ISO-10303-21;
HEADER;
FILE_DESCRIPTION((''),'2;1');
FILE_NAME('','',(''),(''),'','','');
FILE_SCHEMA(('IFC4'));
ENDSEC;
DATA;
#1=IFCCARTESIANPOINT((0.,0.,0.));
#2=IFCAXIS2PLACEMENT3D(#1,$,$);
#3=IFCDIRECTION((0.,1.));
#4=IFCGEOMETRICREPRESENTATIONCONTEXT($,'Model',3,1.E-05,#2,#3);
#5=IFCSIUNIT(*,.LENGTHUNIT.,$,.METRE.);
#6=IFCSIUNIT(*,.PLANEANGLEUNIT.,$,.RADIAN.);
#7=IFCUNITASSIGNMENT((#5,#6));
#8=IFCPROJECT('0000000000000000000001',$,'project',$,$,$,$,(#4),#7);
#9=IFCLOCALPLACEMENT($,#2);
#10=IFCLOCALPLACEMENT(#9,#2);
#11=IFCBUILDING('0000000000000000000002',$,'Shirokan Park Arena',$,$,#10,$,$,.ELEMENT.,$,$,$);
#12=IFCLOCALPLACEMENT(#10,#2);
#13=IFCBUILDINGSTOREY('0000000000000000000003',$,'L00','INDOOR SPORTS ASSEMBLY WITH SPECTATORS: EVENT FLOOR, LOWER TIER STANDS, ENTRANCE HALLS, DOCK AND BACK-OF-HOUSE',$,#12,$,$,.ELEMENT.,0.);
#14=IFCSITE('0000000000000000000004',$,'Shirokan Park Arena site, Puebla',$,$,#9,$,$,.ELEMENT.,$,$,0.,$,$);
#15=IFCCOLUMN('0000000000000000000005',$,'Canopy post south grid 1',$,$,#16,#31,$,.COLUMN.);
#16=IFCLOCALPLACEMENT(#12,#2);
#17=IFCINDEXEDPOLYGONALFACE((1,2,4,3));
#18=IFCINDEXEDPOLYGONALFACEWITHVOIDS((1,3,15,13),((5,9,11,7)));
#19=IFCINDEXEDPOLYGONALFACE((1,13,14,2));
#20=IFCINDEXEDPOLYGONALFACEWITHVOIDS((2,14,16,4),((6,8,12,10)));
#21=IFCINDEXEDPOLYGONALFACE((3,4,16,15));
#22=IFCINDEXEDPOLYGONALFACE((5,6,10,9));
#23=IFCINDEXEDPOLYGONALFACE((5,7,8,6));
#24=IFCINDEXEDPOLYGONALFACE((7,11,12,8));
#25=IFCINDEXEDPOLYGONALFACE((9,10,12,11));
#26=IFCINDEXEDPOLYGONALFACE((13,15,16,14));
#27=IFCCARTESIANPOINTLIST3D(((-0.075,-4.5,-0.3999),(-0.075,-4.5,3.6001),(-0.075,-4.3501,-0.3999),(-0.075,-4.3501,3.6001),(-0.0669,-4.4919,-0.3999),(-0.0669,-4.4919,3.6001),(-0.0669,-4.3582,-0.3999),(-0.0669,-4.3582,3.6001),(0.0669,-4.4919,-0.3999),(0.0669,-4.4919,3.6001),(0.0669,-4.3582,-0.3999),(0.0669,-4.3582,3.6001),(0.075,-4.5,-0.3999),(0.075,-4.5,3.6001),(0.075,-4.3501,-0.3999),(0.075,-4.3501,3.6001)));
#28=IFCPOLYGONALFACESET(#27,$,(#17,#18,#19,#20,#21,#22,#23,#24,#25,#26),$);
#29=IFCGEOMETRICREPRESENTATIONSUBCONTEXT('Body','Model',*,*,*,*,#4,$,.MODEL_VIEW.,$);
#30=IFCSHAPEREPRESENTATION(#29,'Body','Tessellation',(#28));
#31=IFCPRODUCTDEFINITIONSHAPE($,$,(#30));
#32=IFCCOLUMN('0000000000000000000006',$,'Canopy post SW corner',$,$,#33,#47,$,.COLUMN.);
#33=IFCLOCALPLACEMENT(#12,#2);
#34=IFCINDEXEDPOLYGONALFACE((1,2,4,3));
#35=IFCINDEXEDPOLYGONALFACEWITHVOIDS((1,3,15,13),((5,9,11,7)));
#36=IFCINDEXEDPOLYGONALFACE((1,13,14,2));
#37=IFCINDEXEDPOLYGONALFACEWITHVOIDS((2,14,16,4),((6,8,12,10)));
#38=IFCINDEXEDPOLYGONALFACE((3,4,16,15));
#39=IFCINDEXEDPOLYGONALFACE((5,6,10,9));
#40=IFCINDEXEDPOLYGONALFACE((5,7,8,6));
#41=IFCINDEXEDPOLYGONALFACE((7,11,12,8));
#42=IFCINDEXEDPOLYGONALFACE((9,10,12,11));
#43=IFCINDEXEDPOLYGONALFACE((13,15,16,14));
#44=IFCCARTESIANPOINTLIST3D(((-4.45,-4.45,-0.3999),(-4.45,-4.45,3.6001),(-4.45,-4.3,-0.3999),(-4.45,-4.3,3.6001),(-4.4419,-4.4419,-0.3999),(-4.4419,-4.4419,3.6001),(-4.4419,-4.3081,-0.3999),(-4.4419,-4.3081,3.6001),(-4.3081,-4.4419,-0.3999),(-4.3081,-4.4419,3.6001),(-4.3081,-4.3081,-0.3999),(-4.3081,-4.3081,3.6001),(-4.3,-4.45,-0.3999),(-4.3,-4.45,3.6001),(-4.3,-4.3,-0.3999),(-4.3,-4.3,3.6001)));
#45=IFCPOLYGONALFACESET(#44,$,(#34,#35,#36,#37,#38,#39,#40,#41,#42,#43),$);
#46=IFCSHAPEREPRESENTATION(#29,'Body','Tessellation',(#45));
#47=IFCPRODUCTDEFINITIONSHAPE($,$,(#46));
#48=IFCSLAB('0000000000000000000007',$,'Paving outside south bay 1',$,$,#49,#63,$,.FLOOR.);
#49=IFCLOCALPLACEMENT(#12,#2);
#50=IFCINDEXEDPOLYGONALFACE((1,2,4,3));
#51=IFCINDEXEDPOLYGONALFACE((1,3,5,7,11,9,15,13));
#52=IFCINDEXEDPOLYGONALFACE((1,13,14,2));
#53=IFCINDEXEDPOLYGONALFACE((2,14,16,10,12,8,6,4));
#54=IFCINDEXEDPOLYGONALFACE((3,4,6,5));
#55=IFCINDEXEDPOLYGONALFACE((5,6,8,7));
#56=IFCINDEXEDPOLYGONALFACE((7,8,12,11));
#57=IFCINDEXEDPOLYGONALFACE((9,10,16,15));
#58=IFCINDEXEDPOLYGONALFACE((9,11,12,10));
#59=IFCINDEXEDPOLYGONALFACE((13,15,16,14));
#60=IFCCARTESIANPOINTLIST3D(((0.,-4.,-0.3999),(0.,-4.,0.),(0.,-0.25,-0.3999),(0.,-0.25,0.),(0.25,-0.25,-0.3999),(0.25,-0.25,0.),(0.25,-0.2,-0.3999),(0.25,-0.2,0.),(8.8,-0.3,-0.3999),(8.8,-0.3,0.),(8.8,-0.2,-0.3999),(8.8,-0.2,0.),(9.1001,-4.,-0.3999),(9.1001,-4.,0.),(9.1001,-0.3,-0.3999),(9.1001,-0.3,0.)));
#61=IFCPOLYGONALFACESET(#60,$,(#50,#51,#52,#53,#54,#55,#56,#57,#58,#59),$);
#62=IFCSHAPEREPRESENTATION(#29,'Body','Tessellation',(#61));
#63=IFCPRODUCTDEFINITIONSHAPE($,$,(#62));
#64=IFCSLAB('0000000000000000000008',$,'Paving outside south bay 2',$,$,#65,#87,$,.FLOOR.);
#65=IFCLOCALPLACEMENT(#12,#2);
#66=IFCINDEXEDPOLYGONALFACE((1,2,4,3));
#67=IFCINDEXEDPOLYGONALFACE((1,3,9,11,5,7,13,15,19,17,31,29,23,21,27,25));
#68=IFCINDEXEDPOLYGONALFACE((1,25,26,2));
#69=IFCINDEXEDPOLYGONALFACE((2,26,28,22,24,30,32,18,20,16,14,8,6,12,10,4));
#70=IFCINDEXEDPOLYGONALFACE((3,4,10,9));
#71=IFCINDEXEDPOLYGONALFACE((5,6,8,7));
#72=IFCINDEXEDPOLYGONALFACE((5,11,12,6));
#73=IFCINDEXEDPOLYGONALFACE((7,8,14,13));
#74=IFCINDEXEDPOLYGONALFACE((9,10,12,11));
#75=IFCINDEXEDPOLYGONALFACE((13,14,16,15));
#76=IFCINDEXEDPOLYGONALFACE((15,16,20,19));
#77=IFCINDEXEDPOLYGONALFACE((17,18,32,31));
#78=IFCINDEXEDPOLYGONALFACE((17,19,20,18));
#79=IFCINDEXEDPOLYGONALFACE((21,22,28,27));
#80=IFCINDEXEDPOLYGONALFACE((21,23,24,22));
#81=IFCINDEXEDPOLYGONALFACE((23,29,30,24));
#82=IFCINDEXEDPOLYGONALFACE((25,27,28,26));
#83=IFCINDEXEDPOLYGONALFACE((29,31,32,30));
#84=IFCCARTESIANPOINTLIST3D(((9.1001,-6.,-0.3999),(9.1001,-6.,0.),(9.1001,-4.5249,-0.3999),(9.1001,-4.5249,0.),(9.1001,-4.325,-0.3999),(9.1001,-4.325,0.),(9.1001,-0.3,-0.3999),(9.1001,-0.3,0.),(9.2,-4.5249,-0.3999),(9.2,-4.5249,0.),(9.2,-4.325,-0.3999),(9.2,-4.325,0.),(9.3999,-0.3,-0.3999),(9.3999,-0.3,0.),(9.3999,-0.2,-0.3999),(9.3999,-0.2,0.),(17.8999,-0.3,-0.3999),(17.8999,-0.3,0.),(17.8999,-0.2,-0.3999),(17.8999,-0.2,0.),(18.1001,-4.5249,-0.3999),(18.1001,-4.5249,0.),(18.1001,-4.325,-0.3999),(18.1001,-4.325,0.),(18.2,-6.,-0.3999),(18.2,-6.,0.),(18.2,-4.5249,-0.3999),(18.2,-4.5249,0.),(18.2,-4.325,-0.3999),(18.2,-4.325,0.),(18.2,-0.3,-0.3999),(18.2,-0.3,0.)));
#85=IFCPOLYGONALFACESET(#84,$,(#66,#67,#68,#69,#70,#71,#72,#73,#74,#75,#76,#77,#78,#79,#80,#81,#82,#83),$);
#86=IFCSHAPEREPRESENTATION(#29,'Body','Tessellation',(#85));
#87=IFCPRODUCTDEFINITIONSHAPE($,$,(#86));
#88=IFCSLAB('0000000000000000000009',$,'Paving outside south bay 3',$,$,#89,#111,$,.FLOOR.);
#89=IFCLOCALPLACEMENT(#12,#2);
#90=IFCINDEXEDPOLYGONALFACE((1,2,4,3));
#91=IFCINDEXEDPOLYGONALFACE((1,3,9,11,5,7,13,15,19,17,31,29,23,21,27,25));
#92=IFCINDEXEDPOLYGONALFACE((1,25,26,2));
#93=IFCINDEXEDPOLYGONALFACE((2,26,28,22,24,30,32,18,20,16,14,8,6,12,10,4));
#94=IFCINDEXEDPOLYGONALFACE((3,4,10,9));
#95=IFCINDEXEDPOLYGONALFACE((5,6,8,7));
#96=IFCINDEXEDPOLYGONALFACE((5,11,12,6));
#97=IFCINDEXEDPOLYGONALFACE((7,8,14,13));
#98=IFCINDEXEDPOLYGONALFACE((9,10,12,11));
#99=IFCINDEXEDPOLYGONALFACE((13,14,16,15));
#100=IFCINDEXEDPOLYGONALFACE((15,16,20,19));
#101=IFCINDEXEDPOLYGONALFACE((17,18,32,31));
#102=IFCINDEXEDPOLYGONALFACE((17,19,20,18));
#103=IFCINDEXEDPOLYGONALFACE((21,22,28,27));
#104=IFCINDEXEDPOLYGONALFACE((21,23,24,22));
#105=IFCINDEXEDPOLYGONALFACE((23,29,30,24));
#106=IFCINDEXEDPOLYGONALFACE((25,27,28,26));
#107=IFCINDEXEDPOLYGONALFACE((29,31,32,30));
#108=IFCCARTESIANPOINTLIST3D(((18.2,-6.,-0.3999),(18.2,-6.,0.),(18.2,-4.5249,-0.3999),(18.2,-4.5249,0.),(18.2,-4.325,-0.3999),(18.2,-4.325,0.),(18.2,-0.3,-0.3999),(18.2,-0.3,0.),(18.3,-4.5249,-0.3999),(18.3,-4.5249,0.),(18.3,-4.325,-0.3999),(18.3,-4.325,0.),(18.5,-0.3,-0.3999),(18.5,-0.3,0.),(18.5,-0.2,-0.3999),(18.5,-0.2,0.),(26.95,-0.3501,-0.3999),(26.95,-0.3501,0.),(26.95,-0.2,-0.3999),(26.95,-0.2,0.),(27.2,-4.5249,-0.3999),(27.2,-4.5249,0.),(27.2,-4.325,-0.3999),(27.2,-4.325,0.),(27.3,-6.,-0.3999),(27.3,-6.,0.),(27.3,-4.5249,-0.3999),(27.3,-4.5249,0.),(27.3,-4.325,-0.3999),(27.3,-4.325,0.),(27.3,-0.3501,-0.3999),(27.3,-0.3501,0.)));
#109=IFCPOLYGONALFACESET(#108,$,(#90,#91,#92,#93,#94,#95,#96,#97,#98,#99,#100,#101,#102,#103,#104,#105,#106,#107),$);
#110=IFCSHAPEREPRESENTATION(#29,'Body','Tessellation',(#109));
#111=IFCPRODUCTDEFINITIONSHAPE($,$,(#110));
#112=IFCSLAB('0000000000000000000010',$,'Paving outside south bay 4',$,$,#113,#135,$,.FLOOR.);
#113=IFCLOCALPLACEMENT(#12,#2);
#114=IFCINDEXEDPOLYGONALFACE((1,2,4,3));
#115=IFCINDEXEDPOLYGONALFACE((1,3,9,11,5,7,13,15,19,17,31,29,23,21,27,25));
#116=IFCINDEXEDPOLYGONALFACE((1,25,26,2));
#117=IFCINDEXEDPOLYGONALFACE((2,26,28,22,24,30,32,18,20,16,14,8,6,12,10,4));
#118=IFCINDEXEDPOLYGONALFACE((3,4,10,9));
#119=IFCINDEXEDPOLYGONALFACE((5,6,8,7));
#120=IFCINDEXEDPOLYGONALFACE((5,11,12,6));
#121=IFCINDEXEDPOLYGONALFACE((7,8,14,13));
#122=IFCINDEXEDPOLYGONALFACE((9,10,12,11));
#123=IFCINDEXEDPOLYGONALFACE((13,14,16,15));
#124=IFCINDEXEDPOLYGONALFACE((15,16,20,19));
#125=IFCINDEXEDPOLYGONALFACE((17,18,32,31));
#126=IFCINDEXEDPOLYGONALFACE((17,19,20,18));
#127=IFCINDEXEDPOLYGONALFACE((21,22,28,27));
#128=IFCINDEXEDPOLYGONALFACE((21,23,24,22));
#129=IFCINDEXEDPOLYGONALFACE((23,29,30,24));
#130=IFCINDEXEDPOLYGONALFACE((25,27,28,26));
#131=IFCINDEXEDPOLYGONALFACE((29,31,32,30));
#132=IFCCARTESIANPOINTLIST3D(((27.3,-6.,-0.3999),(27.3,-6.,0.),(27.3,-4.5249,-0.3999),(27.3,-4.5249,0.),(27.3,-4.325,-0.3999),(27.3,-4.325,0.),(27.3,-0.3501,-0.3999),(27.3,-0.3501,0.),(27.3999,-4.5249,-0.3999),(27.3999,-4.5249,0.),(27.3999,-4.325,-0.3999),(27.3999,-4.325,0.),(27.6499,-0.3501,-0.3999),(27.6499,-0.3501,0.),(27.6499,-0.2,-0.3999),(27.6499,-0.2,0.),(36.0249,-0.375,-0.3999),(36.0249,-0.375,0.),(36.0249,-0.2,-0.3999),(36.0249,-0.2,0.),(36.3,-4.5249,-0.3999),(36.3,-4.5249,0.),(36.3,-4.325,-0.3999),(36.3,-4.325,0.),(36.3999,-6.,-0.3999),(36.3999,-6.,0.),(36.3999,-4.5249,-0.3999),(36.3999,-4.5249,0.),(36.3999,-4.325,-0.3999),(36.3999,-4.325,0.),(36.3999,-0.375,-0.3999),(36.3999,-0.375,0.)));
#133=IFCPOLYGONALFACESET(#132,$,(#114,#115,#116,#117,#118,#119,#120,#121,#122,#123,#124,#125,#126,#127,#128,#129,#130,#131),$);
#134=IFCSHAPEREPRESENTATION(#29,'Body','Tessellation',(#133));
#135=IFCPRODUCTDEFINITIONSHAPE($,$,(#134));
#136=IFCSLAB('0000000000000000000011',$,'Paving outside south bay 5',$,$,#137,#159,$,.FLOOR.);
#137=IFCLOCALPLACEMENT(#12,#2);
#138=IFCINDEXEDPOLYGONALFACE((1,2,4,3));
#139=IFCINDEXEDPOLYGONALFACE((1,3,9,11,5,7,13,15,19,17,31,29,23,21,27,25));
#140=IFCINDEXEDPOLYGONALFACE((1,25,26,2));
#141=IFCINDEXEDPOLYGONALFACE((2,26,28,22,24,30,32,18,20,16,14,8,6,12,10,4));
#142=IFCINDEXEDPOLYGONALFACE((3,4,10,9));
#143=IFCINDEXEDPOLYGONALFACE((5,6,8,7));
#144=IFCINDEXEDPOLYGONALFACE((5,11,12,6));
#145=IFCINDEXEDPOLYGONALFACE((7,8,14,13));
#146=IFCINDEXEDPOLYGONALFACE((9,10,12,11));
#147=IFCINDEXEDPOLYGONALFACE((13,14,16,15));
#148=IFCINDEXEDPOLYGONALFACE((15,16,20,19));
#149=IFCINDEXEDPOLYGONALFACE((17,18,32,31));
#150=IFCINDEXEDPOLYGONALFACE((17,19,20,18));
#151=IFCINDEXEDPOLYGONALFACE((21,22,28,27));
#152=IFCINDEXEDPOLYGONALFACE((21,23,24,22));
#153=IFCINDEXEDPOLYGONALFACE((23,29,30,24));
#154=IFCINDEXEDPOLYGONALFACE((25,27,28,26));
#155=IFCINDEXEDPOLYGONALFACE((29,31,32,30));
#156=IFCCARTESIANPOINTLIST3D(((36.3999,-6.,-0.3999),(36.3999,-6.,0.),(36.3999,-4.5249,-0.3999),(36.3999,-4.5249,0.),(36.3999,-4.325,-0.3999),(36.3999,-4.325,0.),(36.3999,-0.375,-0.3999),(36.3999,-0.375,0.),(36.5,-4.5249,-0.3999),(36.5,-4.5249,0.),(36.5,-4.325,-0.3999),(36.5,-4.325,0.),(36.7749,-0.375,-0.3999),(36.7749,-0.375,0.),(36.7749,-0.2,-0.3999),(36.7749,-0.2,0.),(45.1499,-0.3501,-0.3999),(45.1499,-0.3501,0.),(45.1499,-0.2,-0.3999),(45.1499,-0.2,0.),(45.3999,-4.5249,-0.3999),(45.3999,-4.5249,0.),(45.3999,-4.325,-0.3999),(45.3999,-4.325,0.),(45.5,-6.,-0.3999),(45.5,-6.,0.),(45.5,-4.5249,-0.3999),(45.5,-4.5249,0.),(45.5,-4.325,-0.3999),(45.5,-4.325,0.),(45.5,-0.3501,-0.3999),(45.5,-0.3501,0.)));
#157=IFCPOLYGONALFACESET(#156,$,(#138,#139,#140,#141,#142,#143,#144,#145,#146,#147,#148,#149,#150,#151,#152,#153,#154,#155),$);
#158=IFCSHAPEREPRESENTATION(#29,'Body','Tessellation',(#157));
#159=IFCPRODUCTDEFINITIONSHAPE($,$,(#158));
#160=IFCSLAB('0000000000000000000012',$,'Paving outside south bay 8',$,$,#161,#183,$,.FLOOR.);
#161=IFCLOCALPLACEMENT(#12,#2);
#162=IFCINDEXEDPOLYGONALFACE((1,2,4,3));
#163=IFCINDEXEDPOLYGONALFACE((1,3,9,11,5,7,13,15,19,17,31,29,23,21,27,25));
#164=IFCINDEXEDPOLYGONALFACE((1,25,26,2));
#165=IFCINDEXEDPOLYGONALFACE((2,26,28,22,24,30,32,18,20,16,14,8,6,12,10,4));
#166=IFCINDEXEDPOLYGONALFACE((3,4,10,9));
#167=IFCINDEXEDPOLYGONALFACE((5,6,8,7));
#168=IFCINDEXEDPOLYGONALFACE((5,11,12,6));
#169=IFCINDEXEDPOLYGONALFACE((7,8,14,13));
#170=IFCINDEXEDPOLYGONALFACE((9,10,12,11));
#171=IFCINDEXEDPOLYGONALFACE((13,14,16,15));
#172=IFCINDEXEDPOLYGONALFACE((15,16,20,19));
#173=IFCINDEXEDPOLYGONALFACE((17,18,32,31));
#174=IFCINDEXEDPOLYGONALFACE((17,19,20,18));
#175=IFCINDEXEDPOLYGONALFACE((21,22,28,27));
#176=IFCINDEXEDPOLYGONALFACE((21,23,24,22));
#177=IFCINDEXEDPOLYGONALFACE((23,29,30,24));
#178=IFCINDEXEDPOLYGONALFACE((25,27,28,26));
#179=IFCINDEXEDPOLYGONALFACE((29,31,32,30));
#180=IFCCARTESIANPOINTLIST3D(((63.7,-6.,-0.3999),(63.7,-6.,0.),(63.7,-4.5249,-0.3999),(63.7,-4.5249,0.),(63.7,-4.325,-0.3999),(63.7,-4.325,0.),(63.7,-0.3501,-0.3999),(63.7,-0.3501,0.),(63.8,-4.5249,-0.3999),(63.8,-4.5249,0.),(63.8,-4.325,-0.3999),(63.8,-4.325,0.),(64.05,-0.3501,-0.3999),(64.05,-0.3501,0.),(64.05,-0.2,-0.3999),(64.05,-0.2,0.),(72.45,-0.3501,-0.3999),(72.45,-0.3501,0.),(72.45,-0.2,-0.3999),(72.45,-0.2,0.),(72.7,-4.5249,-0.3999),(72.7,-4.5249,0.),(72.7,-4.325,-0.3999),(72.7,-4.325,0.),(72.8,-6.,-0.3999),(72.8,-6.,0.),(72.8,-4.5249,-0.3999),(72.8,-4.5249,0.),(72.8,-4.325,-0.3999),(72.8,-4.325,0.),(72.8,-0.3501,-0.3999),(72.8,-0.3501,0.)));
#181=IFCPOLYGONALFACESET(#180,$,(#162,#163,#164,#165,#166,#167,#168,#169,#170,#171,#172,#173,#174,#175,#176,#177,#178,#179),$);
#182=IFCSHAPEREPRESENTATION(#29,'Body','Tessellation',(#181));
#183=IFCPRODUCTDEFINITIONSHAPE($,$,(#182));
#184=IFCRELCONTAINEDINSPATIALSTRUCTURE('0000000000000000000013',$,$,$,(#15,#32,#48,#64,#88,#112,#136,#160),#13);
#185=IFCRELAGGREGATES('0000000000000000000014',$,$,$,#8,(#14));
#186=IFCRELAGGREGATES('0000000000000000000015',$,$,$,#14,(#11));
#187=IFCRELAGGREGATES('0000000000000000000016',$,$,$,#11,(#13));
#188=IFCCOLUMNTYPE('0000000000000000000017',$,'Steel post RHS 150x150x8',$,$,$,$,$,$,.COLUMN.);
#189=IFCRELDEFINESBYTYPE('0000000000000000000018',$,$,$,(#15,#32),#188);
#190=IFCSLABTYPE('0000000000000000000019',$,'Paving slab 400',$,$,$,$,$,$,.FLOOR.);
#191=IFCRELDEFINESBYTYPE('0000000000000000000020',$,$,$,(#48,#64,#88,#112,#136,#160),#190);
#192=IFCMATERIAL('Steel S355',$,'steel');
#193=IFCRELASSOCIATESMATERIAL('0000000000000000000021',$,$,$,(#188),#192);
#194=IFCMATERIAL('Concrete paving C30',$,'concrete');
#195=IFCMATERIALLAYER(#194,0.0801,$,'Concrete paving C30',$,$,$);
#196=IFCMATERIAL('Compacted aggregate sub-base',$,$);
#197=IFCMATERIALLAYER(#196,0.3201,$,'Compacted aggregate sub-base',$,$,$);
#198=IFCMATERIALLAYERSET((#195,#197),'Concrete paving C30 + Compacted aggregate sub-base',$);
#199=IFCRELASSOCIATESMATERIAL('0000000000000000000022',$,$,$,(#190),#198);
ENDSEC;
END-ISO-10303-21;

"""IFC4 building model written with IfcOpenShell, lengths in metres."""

from ifc_helpers import new_model, si_unit, direction, frame, origin, origin_2d, place, context, subcontext, project, spatial, polyline, hollow_rectangle, outline, extrude, material, layer, layer_set, material_profile, profile_set, type_object, element, save


model = new_model("IFC4")

# Units and contexts
model_context = context("Model", 3, precision=1e-05, world=origin(), true_north=direction((0.0, 1.0)))
body_context = subcontext(model_context, "Body", "Model", "MODEL_VIEW")
ifc_project = project(units=[si_unit("LENGTHUNIT", "METRE"), si_unit("PLANEANGLEUNIT", "RADIAN")], contexts=[model_context])

# Site, building, storey
site_placement = place(None, origin())
site = spatial("IfcSite", under=ifc_project, at=site_placement, Name="Shirokan Park Arena site, Puebla", CompositionType="ELEMENT", RefElevation=0.0)
building_placement = place(site_placement, origin())
building = spatial("IfcBuilding", under=site, at=building_placement, Name="Shirokan Park Arena", CompositionType="ELEMENT")
storey_placement = place(building_placement, origin())
storey = spatial("IfcBuildingStorey", under=building, at=storey_placement, Name="L00", Description="INDOOR SPORTS ASSEMBLY WITH SPECTATORS: EVENT FLOOR, LOWER TIER STANDS, ENTRANCE HALLS, DOCK AND BACK-OF-HOUSE", CompositionType="ELEMENT", Elevation=0.0)

# Columns
ifc_material_1 = material(Name="Steel S355", Category="steel")
ifc_material_profile_1 = material_profile(ifc_material_1, hollow_rectangle(XDim=0.1499, YDim=0.1499, WallThickness=0.0081, at=origin_2d()), Name="RHS 150x150x8")
ifc_profile_set_1 = profile_set([ifc_material_profile_1], Name="Steel S355")
column_type_1 = type_object("IfcColumnType", Name="Steel post RHS 150x150x8", PredefinedType="COLUMN", material=ifc_profile_set_1)
for number, where, z_axis, x_axis, name in (
    (1, (0.0, -4.425, -0.3999), (0.0, 0.0, 1.0), (1.0, 0.0, 0.0), "Canopy post south grid 1"),
    (2, (-4.375, -4.375, -0.3999), (0.0, 0.0, 1.0), (1.0, 0.0, 0.0), "Canopy post SW corner"),
):
    element("IfcColumn", number, at=place(storey_placement, frame(where, z_axis=z_axis, x_axis=x_axis)), inside=storey, type_object=column_type_1, Name=name, PredefinedType="COLUMN", context=body_context, shape_type="SweptSolid", body=[
        extrude(hollow_rectangle(XDim=0.1499, YDim=0.1499, WallThickness=0.0081, at=origin_2d()), origin(), (0.0, 0.0, 1.0), 4.0),
    ])

# Slabs
ifc_material_2 = material(Name="Concrete paving C30", Category="concrete")
ifc_layer_1 = layer(ifc_material_2, 0.0801, Name="Concrete paving C30")
ifc_material_3 = material(Name="Compacted aggregate sub-base")
ifc_layer_2 = layer(ifc_material_3, 0.3201, Name="Compacted aggregate sub-base")
ifc_layer_set_1 = layer_set([ifc_layer_1, ifc_layer_2], Name="Concrete paving C30 + Compacted aggregate sub-base")
slab_type_1 = type_object("IfcSlabType", Name="Paving slab 400", PredefinedType="FLOOR", material=ifc_layer_set_1)
slab_1_placement = place(storey_placement, frame((0.0, 0.0, -0.3999)))
element("IfcSlab", 3, at=slab_1_placement, inside=storey, type_object=slab_type_1, Name="Paving outside south bay 1", PredefinedType="FLOOR", context=body_context, shape_type="SweptSolid", body=[
    extrude(outline(polyline([(8.8, -0.2), (8.8, -0.3), (9.1001, -0.3), (9.1001, -4.0), (0.0, -4.0), (0.0, -0.25), (0.25, -0.25), (0.25, -0.2), (8.8, -0.2)])), origin(), (0.0, 0.0, 1.0), 0.3999),
])
slab_2_placement = place(storey_placement, frame((0.0, 0.0, -0.3999)))
element("IfcSlab", 4, at=slab_2_placement, inside=storey, type_object=slab_type_1, Name="Paving outside south bay 2", PredefinedType="FLOOR", context=body_context, shape_type="SweptSolid", body=[
    extrude(outline(polyline([(17.8999, -0.3), (18.2, -0.3), (18.2, -4.325), (18.1001, -4.325), (18.1001, -4.5249), (18.2, -4.5249), (18.2, -6.0), (9.1001, -6.0), (9.1001, -4.5249), (9.2, -4.5249), (9.2, -4.325), (9.1001, -4.325), (9.1001, -0.3), (9.3999, -0.3), (9.3999, -0.2), (17.8999, -0.2), (17.8999, -0.3)])), origin(), (0.0, 0.0, 1.0), 0.3999),
])
slab_3_placement = place(storey_placement, frame((0.0, 0.0, -0.3999)))
element("IfcSlab", 5, at=slab_3_placement, inside=storey, type_object=slab_type_1, Name="Paving outside south bay 3", PredefinedType="FLOOR", context=body_context, shape_type="SweptSolid", body=[
    extrude(outline(polyline([(26.95, -0.3501), (27.3, -0.3501), (27.3, -4.325), (27.2, -4.325), (27.2, -4.5249), (27.3, -4.5249), (27.3, -6.0), (18.2, -6.0), (18.2, -4.5249), (18.3, -4.5249), (18.3, -4.325), (18.2, -4.325), (18.2, -0.3), (18.5, -0.3), (18.5, -0.2), (26.95, -0.2), (26.95, -0.3501)])), origin(), (0.0, 0.0, 1.0), 0.3999),
])
slab_4_placement = place(storey_placement, frame((0.0, 0.0, -0.3999)))
element("IfcSlab", 6, at=slab_4_placement, inside=storey, type_object=slab_type_1, Name="Paving outside south bay 4", PredefinedType="FLOOR", context=body_context, shape_type="SweptSolid", body=[
    extrude(outline(polyline([(36.0249, -0.375), (36.3999, -0.375), (36.3999, -4.325), (36.3, -4.325), (36.3, -4.5249), (36.3999, -4.5249), (36.3999, -6.0), (27.3, -6.0), (27.3, -4.5249), (27.3999, -4.5249), (27.3999, -4.325), (27.3, -4.325), (27.3, -0.3501), (27.6499, -0.3501), (27.6499, -0.2), (36.0249, -0.2), (36.0249, -0.375)])), origin(), (0.0, 0.0, 1.0), 0.3999),
])
slab_5_placement = place(storey_placement, frame((0.0, 0.0, -0.3999)))
element("IfcSlab", 7, at=slab_5_placement, inside=storey, type_object=slab_type_1, Name="Paving outside south bay 5", PredefinedType="FLOOR", context=body_context, shape_type="SweptSolid", body=[
    extrude(outline(polyline([(45.1499, -0.3501), (45.5, -0.3501), (45.5, -4.325), (45.3999, -4.325), (45.3999, -4.5249), (45.5, -4.5249), (45.5, -6.0), (36.3999, -6.0), (36.3999, -4.5249), (36.5, -4.5249), (36.5, -4.325), (36.3999, -4.325), (36.3999, -0.375), (36.7749, -0.375), (36.7749, -0.2), (45.1499, -0.2), (45.1499, -0.3501)])), origin(), (0.0, 0.0, 1.0), 0.3999),
])
slab_6_placement = place(storey_placement, frame((0.0, 0.0, -0.3999)))
element("IfcSlab", 8, at=slab_6_placement, inside=storey, type_object=slab_type_1, Name="Paving outside south bay 8", PredefinedType="FLOOR", context=body_context, shape_type="SweptSolid", body=[
    extrude(outline(polyline([(72.45, -0.3501), (72.8, -0.3501), (72.8, -4.325), (72.7, -4.325), (72.7, -4.5249), (72.8, -4.5249), (72.8, -6.0), (63.7, -6.0), (63.7, -4.5249), (63.8, -4.5249), (63.8, -4.325), (63.7, -4.325), (63.7, -0.3501), (64.05, -0.3501), (64.05, -0.2), (72.45, -0.2), (72.45, -0.3501)])), origin(), (0.0, 0.0, 1.0), 0.3999),
])

save(model, "model.ifc")
